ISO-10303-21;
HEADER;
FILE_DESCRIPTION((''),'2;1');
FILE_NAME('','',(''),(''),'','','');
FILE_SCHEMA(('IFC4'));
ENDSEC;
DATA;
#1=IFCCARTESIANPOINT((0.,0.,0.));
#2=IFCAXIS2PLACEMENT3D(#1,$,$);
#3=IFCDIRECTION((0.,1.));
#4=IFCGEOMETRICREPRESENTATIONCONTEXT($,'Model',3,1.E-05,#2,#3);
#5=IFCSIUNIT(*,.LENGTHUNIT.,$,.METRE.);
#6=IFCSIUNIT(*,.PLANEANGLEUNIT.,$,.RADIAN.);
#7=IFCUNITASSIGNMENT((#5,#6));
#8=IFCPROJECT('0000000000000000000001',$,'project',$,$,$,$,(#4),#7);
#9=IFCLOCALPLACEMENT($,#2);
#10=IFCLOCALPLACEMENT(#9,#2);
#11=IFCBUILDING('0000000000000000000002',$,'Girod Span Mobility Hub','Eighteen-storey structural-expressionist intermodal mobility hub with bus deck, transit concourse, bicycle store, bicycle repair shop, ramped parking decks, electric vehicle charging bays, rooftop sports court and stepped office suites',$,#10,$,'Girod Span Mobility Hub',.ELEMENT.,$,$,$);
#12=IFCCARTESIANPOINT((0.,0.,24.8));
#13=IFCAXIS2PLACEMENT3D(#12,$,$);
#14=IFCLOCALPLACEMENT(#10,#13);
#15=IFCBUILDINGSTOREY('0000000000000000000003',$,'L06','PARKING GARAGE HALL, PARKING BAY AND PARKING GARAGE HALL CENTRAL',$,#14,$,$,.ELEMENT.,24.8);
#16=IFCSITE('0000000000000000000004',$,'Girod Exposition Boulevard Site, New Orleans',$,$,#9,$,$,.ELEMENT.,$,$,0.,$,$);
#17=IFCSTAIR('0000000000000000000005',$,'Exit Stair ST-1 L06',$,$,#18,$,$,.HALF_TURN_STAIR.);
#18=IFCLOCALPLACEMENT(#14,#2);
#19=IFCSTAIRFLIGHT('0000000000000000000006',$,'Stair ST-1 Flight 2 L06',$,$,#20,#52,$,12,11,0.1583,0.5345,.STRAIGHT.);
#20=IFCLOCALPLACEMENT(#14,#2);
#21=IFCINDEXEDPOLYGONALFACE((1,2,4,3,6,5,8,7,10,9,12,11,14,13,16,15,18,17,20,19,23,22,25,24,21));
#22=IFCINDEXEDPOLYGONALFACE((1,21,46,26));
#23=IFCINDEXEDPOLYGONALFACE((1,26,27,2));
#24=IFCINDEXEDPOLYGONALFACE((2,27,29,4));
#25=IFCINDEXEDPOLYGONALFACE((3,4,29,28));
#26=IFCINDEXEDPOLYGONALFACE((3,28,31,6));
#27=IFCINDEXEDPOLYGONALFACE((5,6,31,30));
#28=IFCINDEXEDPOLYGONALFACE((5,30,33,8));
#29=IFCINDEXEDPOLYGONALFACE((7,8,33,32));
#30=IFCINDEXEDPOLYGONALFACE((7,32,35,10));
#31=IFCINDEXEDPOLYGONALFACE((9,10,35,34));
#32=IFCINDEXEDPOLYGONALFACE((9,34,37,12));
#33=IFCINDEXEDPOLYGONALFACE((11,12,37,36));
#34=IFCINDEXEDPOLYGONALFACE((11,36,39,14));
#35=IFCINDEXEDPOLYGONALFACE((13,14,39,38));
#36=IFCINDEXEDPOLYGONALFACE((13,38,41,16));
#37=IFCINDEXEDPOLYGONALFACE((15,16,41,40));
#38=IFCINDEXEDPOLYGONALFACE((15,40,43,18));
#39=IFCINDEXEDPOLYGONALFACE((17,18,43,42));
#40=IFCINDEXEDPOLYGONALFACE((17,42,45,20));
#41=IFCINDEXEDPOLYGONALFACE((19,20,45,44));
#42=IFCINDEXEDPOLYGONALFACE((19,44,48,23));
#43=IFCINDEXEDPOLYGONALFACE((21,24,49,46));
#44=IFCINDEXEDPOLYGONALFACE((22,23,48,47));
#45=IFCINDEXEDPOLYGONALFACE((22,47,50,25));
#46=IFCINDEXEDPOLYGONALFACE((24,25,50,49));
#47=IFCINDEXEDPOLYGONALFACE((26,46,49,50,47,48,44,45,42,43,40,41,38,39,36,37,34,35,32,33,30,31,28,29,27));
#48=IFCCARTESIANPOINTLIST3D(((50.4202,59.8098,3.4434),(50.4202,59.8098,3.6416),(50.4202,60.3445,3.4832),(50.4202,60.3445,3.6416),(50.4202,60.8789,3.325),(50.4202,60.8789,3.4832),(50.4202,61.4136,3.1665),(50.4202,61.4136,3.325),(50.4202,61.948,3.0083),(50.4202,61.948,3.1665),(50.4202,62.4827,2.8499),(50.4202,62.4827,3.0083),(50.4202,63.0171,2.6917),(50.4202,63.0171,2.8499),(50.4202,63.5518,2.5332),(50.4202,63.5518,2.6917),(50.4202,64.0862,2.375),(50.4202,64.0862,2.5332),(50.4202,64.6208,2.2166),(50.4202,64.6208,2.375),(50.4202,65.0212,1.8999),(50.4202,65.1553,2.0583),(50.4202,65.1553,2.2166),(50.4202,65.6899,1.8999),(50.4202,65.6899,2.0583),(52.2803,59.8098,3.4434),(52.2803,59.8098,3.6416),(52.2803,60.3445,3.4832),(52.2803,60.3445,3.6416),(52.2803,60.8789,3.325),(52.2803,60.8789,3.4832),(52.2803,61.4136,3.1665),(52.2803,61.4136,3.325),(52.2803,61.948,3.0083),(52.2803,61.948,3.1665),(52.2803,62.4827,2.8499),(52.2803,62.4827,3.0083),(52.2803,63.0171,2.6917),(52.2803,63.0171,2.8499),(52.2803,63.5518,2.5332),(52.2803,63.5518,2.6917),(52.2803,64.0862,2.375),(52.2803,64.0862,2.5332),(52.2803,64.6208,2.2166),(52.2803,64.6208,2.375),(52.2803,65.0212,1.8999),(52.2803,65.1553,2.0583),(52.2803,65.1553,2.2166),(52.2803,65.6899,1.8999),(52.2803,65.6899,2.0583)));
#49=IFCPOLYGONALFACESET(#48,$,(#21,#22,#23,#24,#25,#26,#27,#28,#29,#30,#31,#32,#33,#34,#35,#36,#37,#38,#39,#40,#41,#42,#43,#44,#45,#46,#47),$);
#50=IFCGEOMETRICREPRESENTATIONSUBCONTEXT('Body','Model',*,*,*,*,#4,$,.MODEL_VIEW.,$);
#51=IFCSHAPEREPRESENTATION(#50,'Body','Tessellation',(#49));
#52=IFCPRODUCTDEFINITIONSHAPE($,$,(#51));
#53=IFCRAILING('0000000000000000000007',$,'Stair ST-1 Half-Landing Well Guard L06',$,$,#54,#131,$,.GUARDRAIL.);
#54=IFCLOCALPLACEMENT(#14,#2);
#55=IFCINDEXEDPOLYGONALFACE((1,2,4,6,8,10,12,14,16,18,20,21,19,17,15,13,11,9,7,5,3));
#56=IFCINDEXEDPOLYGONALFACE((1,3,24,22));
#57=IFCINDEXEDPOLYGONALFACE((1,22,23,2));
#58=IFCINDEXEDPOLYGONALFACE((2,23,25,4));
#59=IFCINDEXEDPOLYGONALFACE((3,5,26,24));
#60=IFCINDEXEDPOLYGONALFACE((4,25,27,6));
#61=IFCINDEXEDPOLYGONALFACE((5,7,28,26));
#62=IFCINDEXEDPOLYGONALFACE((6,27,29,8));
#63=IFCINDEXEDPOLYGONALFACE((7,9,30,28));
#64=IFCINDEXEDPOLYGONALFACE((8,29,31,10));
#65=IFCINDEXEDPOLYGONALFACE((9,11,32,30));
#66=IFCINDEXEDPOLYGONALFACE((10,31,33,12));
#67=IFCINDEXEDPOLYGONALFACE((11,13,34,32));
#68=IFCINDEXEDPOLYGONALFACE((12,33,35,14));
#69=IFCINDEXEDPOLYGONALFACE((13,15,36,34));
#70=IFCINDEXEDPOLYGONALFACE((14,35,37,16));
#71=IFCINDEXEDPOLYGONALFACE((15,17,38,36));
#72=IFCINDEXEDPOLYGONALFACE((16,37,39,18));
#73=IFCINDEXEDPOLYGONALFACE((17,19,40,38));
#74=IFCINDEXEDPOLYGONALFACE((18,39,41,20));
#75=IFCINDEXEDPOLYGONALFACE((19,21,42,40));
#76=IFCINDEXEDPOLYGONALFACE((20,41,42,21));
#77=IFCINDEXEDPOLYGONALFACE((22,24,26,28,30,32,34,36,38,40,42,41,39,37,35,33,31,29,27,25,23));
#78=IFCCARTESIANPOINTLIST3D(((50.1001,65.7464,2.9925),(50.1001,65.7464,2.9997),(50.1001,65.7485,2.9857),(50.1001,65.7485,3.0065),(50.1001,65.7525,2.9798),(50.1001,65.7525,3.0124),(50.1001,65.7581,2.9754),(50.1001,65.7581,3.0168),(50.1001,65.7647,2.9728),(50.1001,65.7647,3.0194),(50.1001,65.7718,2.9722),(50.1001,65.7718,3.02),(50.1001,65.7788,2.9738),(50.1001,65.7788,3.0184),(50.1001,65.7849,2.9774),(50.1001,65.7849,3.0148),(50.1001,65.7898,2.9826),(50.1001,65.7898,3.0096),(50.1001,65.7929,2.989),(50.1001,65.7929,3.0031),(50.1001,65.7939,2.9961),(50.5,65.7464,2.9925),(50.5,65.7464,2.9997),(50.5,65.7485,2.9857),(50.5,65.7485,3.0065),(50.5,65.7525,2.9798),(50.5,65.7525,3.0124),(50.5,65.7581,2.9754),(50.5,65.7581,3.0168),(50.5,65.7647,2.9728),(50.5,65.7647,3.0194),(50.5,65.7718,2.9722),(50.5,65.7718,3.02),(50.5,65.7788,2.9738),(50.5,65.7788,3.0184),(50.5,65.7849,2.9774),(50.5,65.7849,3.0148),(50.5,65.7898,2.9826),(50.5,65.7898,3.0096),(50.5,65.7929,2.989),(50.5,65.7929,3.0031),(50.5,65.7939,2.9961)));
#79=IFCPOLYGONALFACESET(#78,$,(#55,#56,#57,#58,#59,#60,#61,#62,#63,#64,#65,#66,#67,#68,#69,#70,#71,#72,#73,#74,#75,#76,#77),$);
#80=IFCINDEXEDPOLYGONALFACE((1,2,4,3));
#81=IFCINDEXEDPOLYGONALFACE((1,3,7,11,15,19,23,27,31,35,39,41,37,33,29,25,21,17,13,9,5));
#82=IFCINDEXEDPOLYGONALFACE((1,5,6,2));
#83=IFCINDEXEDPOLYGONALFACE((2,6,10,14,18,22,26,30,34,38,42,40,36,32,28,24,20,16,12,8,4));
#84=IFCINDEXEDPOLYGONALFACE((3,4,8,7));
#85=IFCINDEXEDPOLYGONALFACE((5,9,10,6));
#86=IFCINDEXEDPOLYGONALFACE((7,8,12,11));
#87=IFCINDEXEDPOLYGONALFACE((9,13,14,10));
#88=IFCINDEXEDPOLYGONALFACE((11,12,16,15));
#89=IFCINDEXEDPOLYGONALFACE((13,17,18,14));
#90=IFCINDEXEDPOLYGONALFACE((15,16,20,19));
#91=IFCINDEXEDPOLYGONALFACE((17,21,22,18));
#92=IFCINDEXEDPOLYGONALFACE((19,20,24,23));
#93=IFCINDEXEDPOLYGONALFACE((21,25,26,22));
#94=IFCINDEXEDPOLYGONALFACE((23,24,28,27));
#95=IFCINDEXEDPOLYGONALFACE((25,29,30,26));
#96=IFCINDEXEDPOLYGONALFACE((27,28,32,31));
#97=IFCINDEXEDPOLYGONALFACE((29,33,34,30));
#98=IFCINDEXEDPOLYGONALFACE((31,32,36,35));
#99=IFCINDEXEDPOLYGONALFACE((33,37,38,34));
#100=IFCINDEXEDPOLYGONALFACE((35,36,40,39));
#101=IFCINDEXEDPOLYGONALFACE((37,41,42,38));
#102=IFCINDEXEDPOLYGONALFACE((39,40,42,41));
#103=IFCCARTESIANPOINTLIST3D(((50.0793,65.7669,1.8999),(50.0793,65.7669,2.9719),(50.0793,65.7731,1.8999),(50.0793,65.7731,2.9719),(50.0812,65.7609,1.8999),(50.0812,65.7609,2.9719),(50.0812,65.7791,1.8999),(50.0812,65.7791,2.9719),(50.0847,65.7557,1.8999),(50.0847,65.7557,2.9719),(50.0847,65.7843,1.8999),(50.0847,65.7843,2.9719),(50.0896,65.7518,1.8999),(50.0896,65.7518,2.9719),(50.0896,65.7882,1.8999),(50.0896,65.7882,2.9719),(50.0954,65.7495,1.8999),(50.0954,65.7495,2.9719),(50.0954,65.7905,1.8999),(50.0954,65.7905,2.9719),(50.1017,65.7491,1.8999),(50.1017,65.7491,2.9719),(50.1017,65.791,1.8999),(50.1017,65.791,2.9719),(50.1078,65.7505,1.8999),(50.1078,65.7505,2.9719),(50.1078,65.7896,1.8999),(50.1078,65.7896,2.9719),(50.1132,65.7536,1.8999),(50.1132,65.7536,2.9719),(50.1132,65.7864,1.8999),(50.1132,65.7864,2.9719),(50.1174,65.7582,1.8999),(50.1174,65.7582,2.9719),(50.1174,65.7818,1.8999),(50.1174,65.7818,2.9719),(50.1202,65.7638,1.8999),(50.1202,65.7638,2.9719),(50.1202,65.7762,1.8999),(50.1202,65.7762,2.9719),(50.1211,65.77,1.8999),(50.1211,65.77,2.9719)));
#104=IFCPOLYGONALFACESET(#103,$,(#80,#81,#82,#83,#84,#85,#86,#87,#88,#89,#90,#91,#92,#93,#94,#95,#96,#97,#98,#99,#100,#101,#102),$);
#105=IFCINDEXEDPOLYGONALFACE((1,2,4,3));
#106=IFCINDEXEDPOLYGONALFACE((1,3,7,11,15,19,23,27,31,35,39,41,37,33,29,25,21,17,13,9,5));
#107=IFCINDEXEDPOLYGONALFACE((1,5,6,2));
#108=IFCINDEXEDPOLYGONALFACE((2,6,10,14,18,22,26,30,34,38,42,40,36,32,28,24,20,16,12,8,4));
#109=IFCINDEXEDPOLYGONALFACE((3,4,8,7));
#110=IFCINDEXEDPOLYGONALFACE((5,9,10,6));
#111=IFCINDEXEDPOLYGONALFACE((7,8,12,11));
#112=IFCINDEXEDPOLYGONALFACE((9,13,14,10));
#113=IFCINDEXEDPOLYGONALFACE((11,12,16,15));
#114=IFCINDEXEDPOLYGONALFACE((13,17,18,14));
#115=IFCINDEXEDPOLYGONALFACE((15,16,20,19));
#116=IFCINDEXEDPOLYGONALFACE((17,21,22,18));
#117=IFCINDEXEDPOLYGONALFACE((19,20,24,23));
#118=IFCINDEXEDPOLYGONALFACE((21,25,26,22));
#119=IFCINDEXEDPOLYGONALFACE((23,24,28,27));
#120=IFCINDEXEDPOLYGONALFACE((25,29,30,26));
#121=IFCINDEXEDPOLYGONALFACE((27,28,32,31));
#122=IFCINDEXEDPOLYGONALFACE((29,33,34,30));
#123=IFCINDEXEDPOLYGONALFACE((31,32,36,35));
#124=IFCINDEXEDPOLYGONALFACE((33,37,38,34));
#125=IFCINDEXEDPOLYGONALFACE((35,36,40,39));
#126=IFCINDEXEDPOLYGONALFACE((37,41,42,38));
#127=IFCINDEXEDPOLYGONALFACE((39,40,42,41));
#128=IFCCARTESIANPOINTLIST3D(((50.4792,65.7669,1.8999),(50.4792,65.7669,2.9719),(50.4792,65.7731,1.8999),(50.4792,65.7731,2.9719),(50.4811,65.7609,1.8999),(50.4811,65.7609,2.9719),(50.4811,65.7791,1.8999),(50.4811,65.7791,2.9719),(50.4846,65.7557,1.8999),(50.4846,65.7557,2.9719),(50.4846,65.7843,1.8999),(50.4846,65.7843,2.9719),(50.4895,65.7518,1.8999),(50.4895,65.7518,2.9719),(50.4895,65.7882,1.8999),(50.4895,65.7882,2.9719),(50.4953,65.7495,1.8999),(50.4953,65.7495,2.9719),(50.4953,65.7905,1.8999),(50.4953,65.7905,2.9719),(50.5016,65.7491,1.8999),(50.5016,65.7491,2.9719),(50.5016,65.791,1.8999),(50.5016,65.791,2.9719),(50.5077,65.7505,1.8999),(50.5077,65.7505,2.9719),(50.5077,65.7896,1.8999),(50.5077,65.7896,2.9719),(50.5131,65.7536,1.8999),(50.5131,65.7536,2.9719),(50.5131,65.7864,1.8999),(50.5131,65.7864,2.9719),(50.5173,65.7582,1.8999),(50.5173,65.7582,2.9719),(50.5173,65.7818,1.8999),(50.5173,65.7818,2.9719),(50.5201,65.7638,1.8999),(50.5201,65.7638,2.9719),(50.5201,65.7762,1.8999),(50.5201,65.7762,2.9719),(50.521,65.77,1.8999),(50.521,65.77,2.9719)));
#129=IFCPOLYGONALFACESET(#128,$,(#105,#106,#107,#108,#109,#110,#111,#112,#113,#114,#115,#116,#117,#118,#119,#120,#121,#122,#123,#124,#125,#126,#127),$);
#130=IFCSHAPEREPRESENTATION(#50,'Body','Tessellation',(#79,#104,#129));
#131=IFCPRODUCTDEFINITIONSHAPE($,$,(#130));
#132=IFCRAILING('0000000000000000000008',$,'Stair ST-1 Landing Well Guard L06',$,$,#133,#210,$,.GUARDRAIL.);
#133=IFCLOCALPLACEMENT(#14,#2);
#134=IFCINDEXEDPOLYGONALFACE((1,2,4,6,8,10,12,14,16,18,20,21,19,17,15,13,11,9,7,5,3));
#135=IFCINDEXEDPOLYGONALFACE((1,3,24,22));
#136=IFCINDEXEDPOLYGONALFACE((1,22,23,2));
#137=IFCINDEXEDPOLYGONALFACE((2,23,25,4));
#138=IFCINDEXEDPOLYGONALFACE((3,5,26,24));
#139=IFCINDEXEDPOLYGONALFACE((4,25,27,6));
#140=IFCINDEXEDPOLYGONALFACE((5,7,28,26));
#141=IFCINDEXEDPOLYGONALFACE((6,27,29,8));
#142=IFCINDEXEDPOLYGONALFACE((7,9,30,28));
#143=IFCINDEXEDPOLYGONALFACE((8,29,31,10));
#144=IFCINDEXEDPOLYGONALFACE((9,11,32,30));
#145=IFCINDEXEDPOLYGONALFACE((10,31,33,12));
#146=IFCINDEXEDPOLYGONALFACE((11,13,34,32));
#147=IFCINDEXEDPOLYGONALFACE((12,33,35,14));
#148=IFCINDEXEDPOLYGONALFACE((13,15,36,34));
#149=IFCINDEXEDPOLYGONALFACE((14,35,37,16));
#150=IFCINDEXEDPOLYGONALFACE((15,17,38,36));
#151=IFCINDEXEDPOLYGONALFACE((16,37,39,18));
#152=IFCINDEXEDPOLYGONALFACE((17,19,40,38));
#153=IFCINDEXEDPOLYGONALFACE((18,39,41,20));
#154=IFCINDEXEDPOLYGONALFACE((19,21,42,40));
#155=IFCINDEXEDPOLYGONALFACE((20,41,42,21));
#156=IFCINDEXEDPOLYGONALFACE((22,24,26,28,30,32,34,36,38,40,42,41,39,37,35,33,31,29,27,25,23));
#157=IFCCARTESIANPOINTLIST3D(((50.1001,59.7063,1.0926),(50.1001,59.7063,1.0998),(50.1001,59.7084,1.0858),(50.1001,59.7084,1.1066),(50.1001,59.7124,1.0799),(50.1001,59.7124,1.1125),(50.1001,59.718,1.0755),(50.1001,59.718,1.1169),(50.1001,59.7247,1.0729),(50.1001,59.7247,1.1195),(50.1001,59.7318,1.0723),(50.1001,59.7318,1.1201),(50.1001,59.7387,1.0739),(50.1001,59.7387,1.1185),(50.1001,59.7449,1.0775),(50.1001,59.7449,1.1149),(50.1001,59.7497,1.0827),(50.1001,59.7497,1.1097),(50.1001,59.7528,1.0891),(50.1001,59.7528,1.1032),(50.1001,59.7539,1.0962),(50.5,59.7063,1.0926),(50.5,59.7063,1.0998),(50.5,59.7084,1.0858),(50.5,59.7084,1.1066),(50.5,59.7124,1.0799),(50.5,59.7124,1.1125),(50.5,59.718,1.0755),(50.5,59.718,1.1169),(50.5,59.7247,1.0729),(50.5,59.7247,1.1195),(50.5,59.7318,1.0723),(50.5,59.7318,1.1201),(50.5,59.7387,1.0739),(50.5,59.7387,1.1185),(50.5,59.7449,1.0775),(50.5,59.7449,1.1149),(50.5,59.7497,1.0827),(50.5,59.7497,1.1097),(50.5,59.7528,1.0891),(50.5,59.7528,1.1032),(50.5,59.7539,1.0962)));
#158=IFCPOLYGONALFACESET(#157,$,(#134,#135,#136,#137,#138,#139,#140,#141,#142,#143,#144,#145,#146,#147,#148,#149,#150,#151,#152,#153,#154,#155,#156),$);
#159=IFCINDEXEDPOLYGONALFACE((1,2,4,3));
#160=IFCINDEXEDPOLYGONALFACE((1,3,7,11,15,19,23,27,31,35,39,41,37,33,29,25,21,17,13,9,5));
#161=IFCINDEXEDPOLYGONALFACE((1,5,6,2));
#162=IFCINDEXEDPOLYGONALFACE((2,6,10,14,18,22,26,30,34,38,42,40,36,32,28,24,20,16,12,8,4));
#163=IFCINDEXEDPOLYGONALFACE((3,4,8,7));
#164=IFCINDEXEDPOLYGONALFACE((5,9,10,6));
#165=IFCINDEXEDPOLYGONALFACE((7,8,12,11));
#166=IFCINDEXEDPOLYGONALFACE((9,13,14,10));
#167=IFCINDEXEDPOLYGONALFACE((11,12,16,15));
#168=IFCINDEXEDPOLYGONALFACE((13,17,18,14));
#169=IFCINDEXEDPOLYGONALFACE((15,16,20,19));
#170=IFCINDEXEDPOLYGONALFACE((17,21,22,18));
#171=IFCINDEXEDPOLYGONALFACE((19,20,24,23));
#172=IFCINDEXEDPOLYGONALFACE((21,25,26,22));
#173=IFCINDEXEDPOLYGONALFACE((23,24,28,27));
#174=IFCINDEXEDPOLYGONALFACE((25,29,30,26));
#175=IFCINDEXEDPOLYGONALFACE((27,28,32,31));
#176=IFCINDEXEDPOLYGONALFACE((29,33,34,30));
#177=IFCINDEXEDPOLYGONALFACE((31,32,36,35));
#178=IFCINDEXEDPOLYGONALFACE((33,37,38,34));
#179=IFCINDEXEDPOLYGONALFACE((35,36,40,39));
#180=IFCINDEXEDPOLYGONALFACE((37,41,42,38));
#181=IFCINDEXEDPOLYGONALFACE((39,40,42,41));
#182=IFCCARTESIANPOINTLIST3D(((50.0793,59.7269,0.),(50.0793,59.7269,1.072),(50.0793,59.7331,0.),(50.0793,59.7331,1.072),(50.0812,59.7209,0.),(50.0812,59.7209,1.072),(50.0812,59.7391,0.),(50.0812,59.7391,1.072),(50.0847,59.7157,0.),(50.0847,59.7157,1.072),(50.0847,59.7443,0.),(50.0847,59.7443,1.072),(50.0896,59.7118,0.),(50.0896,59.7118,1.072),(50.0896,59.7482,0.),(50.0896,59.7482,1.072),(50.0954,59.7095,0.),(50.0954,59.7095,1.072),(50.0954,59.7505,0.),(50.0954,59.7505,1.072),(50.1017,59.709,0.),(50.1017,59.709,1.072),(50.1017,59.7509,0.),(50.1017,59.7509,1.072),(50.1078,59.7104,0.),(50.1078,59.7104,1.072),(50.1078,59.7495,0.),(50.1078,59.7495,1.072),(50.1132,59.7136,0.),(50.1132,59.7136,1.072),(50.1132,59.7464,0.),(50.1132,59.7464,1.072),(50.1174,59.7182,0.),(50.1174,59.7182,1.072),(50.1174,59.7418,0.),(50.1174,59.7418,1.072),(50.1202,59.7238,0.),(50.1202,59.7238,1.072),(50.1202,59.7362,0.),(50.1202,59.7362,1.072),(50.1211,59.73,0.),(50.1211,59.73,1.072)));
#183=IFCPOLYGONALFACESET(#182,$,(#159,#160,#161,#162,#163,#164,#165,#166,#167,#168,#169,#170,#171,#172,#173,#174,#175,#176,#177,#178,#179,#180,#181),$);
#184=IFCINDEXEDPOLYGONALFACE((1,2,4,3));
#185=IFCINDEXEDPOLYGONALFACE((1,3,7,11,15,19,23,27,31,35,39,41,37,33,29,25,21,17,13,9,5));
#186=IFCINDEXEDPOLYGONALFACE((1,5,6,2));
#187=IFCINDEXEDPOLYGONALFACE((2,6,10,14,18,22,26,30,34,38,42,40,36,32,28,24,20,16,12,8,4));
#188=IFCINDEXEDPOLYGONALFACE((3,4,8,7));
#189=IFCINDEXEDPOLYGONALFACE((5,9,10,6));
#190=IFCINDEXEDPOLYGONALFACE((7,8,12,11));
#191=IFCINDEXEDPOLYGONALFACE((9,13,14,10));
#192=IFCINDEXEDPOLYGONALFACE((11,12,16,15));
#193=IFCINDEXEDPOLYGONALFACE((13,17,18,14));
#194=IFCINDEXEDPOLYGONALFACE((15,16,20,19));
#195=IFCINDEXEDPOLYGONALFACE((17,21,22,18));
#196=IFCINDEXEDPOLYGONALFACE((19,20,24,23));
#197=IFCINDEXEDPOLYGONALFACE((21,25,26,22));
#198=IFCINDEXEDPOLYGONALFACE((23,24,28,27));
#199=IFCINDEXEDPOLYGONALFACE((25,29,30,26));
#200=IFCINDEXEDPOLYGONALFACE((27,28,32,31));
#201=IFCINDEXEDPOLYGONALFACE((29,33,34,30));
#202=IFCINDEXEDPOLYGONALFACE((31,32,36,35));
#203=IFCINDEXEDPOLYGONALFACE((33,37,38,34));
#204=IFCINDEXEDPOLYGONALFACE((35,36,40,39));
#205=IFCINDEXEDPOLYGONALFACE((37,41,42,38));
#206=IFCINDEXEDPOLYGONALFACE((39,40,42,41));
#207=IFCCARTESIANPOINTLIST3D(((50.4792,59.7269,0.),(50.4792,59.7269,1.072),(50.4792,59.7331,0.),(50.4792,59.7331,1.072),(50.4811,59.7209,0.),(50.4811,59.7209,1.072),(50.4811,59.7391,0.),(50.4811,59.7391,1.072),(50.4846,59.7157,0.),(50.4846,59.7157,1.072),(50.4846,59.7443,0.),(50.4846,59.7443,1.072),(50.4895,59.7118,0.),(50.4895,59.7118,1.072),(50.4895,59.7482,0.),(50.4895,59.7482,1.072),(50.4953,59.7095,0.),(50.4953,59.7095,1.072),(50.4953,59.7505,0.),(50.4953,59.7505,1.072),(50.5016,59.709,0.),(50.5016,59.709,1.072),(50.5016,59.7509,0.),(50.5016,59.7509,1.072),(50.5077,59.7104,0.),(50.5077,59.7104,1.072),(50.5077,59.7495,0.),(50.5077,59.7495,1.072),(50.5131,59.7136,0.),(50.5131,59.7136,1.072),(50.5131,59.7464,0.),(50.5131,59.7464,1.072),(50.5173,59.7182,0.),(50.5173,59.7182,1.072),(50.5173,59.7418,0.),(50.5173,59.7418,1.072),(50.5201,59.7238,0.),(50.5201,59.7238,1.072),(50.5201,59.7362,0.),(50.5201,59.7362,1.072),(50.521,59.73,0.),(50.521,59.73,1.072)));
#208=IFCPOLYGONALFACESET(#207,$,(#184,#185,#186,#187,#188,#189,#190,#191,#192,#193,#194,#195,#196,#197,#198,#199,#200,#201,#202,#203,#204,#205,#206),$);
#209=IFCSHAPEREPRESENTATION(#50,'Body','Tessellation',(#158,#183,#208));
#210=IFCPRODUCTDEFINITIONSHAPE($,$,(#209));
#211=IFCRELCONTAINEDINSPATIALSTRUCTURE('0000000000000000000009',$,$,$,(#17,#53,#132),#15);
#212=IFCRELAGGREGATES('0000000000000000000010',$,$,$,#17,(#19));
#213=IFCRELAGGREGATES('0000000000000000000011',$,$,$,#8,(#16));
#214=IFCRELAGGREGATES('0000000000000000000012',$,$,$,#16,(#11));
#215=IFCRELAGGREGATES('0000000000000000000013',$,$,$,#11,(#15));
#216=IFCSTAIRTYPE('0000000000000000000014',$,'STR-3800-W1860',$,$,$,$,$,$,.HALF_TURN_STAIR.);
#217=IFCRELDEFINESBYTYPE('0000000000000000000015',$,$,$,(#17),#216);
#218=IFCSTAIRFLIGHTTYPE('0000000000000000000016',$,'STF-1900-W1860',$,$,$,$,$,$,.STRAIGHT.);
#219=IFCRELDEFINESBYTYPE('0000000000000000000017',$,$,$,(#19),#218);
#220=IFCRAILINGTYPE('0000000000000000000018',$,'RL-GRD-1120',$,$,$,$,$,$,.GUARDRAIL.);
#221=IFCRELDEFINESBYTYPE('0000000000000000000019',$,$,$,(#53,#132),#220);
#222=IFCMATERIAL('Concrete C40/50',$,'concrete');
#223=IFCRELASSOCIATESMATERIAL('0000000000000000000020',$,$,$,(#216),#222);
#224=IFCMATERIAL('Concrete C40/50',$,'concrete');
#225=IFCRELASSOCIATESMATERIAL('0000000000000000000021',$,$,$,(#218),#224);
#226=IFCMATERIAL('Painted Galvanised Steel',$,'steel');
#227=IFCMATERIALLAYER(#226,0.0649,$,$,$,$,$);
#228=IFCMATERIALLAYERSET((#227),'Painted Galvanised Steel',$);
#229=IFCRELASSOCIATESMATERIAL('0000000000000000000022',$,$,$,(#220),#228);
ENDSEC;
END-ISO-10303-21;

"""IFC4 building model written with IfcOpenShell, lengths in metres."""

from ifc_helpers import new_model, si_unit, direction, frame, origin, origin_2d, place, context, subcontext, project, spatial, polyline, circle, outline, extrude, material, layer, layer_set, type_object, element, aggregate, save


model = new_model("IFC4")

# Units and contexts
model_context = context("Model", 3, precision=1e-05, world=origin(), true_north=direction((0.0, 1.0)))
body_context = subcontext(model_context, "Body", "Model", "MODEL_VIEW")
ifc_project = project(units=[si_unit("LENGTHUNIT", "METRE"), si_unit("PLANEANGLEUNIT", "RADIAN")], contexts=[model_context])

# Site, building, storey
site_placement = place(None, origin())
site = spatial("IfcSite", under=ifc_project, at=site_placement, Name="Girod Exposition Boulevard Site, New Orleans", CompositionType="ELEMENT", RefElevation=0.0)
building_placement = place(site_placement, origin())
building = spatial("IfcBuilding", under=site, at=building_placement, Name="Girod Span Mobility Hub", Description="Eighteen-storey structural-expressionist intermodal mobility hub with bus deck, transit concourse, bicycle store, bicycle repair shop, ramped parking decks, electric vehicle charging bays, rooftop sports court and stepped office suites", LongName="Girod Span Mobility Hub", CompositionType="ELEMENT")
storey_placement = place(building_placement, frame((0.0, 0.0, 24.8)))
storey = spatial("IfcBuildingStorey", under=building, at=storey_placement, Name="L06", Description="PARKING GARAGE HALL, PARKING BAY AND PARKING GARAGE HALL CENTRAL", CompositionType="ELEMENT", Elevation=24.8)

# Stair, stair flight
ifc_material_1 = material(Name="Concrete C40/50", Category="concrete")
stair_type = type_object("IfcStairType", Name="STR-3800-W1860", PredefinedType="HALF_TURN_STAIR", material=ifc_material_1)
stair_placement = place(storey_placement, origin())
stair = element("IfcStair", 1, at=stair_placement, inside=storey, type_object=stair_type, Name="Exit Stair ST-1 L06", PredefinedType="HALF_TURN_STAIR")
ifc_material_2 = material(Name="Concrete C40/50", Category="concrete")
stair_flight_type = type_object("IfcStairFlightType", Name="STF-1900-W1860", PredefinedType="STRAIGHT", material=ifc_material_2)
stair_flight_1_placement = place(storey_placement, frame((51.3501, 65.6899, 1.8999), z_axis=(0.0, 0.0, 1.0), x_axis=(0.0, -1.0, 0.0)))
stair_flight_1 = element("IfcStairFlight", 2, at=stair_flight_1_placement, type_object=stair_flight_type, Name="Stair ST-1 Flight 2 L06", NumberOfRisers=12, NumberOfTreads=11, PredefinedType="STRAIGHT", RiserHeight=0.1583, TreadLength=0.5345, context=body_context, shape_type="SweptSolid", body=[
    extrude(outline(polyline([(0.0, 0.0), (0.0, 0.1584), (0.5347, 0.1584), (0.5347, 0.3167), (1.0691, 0.3167), (1.0691, 0.4751), (1.6038, 0.4751), (1.6038, 0.6333), (2.1382, 0.6333), (2.1382, 0.7917), (2.6729, 0.7917), (2.6729, 0.95), (3.2073, 0.95), (3.2073, 1.1084), (3.7419, 1.1084), (3.7419, 1.2666), (4.2764, 1.2666), (4.2764, 1.425), (4.811, 1.425), (4.811, 1.5833), (5.3455, 1.5833), (5.3455, 1.7417), (5.8801, 1.7417), (5.8801, 1.8999), (5.8801, 1.5435), (0.6687, 0.0), (0.0, 0.0)])), frame((0.0, 0.9302, 0.0), z_axis=(0.0, -1.0, 0.0), x_axis=(1.0, 0.0, 0.0)), (0.0, 0.0, 1.0), 1.8601),
])
aggregate(stair, [stair_flight_1])

# Railings
ifc_material_3 = material(Name="Painted Galvanised Steel", Category="steel")
ifc_layer_1 = layer(ifc_material_3, 0.0649)
ifc_layer_set_1 = layer_set([ifc_layer_1], Name="Painted Galvanised Steel")
railing_type_1 = type_object("IfcRailingType", Name="RL-GRD-1120", PredefinedType="GUARDRAIL", material=ifc_layer_set_1)
for number, where, name in (
    (3, (50.1001, 65.77, 1.8999), "Stair ST-1 Half-Landing Well Guard L06"),
    (4, (50.1001, 59.73, 0.0), "Stair ST-1 Landing Well Guard L06"),
):
    element("IfcRailing", number, at=place(storey_placement, frame(where)), inside=storey, type_object=railing_type_1, Name=name, PredefinedType="GUARDRAIL", context=body_context, shape_type="SweptSolid", body=[
        extrude(circle(Radius=0.0239, at=origin_2d()), frame((0.0, 0.0, 1.0962), z_axis=(1.0, 0.0, 0.0), x_axis=(0.0, 1.0, 0.0)), (0.0, 0.0, 1.0), 0.3999),
        extrude(circle(Radius=0.021, at=origin_2d()), origin(), (0.0, 0.0, 1.0), 1.072),
        extrude(circle(Radius=0.021, at=origin_2d()), frame((0.3999, 0.0, 0.0)), (0.0, 0.0, 1.0), 1.072),
    ])

save(model, "model.ifc")
